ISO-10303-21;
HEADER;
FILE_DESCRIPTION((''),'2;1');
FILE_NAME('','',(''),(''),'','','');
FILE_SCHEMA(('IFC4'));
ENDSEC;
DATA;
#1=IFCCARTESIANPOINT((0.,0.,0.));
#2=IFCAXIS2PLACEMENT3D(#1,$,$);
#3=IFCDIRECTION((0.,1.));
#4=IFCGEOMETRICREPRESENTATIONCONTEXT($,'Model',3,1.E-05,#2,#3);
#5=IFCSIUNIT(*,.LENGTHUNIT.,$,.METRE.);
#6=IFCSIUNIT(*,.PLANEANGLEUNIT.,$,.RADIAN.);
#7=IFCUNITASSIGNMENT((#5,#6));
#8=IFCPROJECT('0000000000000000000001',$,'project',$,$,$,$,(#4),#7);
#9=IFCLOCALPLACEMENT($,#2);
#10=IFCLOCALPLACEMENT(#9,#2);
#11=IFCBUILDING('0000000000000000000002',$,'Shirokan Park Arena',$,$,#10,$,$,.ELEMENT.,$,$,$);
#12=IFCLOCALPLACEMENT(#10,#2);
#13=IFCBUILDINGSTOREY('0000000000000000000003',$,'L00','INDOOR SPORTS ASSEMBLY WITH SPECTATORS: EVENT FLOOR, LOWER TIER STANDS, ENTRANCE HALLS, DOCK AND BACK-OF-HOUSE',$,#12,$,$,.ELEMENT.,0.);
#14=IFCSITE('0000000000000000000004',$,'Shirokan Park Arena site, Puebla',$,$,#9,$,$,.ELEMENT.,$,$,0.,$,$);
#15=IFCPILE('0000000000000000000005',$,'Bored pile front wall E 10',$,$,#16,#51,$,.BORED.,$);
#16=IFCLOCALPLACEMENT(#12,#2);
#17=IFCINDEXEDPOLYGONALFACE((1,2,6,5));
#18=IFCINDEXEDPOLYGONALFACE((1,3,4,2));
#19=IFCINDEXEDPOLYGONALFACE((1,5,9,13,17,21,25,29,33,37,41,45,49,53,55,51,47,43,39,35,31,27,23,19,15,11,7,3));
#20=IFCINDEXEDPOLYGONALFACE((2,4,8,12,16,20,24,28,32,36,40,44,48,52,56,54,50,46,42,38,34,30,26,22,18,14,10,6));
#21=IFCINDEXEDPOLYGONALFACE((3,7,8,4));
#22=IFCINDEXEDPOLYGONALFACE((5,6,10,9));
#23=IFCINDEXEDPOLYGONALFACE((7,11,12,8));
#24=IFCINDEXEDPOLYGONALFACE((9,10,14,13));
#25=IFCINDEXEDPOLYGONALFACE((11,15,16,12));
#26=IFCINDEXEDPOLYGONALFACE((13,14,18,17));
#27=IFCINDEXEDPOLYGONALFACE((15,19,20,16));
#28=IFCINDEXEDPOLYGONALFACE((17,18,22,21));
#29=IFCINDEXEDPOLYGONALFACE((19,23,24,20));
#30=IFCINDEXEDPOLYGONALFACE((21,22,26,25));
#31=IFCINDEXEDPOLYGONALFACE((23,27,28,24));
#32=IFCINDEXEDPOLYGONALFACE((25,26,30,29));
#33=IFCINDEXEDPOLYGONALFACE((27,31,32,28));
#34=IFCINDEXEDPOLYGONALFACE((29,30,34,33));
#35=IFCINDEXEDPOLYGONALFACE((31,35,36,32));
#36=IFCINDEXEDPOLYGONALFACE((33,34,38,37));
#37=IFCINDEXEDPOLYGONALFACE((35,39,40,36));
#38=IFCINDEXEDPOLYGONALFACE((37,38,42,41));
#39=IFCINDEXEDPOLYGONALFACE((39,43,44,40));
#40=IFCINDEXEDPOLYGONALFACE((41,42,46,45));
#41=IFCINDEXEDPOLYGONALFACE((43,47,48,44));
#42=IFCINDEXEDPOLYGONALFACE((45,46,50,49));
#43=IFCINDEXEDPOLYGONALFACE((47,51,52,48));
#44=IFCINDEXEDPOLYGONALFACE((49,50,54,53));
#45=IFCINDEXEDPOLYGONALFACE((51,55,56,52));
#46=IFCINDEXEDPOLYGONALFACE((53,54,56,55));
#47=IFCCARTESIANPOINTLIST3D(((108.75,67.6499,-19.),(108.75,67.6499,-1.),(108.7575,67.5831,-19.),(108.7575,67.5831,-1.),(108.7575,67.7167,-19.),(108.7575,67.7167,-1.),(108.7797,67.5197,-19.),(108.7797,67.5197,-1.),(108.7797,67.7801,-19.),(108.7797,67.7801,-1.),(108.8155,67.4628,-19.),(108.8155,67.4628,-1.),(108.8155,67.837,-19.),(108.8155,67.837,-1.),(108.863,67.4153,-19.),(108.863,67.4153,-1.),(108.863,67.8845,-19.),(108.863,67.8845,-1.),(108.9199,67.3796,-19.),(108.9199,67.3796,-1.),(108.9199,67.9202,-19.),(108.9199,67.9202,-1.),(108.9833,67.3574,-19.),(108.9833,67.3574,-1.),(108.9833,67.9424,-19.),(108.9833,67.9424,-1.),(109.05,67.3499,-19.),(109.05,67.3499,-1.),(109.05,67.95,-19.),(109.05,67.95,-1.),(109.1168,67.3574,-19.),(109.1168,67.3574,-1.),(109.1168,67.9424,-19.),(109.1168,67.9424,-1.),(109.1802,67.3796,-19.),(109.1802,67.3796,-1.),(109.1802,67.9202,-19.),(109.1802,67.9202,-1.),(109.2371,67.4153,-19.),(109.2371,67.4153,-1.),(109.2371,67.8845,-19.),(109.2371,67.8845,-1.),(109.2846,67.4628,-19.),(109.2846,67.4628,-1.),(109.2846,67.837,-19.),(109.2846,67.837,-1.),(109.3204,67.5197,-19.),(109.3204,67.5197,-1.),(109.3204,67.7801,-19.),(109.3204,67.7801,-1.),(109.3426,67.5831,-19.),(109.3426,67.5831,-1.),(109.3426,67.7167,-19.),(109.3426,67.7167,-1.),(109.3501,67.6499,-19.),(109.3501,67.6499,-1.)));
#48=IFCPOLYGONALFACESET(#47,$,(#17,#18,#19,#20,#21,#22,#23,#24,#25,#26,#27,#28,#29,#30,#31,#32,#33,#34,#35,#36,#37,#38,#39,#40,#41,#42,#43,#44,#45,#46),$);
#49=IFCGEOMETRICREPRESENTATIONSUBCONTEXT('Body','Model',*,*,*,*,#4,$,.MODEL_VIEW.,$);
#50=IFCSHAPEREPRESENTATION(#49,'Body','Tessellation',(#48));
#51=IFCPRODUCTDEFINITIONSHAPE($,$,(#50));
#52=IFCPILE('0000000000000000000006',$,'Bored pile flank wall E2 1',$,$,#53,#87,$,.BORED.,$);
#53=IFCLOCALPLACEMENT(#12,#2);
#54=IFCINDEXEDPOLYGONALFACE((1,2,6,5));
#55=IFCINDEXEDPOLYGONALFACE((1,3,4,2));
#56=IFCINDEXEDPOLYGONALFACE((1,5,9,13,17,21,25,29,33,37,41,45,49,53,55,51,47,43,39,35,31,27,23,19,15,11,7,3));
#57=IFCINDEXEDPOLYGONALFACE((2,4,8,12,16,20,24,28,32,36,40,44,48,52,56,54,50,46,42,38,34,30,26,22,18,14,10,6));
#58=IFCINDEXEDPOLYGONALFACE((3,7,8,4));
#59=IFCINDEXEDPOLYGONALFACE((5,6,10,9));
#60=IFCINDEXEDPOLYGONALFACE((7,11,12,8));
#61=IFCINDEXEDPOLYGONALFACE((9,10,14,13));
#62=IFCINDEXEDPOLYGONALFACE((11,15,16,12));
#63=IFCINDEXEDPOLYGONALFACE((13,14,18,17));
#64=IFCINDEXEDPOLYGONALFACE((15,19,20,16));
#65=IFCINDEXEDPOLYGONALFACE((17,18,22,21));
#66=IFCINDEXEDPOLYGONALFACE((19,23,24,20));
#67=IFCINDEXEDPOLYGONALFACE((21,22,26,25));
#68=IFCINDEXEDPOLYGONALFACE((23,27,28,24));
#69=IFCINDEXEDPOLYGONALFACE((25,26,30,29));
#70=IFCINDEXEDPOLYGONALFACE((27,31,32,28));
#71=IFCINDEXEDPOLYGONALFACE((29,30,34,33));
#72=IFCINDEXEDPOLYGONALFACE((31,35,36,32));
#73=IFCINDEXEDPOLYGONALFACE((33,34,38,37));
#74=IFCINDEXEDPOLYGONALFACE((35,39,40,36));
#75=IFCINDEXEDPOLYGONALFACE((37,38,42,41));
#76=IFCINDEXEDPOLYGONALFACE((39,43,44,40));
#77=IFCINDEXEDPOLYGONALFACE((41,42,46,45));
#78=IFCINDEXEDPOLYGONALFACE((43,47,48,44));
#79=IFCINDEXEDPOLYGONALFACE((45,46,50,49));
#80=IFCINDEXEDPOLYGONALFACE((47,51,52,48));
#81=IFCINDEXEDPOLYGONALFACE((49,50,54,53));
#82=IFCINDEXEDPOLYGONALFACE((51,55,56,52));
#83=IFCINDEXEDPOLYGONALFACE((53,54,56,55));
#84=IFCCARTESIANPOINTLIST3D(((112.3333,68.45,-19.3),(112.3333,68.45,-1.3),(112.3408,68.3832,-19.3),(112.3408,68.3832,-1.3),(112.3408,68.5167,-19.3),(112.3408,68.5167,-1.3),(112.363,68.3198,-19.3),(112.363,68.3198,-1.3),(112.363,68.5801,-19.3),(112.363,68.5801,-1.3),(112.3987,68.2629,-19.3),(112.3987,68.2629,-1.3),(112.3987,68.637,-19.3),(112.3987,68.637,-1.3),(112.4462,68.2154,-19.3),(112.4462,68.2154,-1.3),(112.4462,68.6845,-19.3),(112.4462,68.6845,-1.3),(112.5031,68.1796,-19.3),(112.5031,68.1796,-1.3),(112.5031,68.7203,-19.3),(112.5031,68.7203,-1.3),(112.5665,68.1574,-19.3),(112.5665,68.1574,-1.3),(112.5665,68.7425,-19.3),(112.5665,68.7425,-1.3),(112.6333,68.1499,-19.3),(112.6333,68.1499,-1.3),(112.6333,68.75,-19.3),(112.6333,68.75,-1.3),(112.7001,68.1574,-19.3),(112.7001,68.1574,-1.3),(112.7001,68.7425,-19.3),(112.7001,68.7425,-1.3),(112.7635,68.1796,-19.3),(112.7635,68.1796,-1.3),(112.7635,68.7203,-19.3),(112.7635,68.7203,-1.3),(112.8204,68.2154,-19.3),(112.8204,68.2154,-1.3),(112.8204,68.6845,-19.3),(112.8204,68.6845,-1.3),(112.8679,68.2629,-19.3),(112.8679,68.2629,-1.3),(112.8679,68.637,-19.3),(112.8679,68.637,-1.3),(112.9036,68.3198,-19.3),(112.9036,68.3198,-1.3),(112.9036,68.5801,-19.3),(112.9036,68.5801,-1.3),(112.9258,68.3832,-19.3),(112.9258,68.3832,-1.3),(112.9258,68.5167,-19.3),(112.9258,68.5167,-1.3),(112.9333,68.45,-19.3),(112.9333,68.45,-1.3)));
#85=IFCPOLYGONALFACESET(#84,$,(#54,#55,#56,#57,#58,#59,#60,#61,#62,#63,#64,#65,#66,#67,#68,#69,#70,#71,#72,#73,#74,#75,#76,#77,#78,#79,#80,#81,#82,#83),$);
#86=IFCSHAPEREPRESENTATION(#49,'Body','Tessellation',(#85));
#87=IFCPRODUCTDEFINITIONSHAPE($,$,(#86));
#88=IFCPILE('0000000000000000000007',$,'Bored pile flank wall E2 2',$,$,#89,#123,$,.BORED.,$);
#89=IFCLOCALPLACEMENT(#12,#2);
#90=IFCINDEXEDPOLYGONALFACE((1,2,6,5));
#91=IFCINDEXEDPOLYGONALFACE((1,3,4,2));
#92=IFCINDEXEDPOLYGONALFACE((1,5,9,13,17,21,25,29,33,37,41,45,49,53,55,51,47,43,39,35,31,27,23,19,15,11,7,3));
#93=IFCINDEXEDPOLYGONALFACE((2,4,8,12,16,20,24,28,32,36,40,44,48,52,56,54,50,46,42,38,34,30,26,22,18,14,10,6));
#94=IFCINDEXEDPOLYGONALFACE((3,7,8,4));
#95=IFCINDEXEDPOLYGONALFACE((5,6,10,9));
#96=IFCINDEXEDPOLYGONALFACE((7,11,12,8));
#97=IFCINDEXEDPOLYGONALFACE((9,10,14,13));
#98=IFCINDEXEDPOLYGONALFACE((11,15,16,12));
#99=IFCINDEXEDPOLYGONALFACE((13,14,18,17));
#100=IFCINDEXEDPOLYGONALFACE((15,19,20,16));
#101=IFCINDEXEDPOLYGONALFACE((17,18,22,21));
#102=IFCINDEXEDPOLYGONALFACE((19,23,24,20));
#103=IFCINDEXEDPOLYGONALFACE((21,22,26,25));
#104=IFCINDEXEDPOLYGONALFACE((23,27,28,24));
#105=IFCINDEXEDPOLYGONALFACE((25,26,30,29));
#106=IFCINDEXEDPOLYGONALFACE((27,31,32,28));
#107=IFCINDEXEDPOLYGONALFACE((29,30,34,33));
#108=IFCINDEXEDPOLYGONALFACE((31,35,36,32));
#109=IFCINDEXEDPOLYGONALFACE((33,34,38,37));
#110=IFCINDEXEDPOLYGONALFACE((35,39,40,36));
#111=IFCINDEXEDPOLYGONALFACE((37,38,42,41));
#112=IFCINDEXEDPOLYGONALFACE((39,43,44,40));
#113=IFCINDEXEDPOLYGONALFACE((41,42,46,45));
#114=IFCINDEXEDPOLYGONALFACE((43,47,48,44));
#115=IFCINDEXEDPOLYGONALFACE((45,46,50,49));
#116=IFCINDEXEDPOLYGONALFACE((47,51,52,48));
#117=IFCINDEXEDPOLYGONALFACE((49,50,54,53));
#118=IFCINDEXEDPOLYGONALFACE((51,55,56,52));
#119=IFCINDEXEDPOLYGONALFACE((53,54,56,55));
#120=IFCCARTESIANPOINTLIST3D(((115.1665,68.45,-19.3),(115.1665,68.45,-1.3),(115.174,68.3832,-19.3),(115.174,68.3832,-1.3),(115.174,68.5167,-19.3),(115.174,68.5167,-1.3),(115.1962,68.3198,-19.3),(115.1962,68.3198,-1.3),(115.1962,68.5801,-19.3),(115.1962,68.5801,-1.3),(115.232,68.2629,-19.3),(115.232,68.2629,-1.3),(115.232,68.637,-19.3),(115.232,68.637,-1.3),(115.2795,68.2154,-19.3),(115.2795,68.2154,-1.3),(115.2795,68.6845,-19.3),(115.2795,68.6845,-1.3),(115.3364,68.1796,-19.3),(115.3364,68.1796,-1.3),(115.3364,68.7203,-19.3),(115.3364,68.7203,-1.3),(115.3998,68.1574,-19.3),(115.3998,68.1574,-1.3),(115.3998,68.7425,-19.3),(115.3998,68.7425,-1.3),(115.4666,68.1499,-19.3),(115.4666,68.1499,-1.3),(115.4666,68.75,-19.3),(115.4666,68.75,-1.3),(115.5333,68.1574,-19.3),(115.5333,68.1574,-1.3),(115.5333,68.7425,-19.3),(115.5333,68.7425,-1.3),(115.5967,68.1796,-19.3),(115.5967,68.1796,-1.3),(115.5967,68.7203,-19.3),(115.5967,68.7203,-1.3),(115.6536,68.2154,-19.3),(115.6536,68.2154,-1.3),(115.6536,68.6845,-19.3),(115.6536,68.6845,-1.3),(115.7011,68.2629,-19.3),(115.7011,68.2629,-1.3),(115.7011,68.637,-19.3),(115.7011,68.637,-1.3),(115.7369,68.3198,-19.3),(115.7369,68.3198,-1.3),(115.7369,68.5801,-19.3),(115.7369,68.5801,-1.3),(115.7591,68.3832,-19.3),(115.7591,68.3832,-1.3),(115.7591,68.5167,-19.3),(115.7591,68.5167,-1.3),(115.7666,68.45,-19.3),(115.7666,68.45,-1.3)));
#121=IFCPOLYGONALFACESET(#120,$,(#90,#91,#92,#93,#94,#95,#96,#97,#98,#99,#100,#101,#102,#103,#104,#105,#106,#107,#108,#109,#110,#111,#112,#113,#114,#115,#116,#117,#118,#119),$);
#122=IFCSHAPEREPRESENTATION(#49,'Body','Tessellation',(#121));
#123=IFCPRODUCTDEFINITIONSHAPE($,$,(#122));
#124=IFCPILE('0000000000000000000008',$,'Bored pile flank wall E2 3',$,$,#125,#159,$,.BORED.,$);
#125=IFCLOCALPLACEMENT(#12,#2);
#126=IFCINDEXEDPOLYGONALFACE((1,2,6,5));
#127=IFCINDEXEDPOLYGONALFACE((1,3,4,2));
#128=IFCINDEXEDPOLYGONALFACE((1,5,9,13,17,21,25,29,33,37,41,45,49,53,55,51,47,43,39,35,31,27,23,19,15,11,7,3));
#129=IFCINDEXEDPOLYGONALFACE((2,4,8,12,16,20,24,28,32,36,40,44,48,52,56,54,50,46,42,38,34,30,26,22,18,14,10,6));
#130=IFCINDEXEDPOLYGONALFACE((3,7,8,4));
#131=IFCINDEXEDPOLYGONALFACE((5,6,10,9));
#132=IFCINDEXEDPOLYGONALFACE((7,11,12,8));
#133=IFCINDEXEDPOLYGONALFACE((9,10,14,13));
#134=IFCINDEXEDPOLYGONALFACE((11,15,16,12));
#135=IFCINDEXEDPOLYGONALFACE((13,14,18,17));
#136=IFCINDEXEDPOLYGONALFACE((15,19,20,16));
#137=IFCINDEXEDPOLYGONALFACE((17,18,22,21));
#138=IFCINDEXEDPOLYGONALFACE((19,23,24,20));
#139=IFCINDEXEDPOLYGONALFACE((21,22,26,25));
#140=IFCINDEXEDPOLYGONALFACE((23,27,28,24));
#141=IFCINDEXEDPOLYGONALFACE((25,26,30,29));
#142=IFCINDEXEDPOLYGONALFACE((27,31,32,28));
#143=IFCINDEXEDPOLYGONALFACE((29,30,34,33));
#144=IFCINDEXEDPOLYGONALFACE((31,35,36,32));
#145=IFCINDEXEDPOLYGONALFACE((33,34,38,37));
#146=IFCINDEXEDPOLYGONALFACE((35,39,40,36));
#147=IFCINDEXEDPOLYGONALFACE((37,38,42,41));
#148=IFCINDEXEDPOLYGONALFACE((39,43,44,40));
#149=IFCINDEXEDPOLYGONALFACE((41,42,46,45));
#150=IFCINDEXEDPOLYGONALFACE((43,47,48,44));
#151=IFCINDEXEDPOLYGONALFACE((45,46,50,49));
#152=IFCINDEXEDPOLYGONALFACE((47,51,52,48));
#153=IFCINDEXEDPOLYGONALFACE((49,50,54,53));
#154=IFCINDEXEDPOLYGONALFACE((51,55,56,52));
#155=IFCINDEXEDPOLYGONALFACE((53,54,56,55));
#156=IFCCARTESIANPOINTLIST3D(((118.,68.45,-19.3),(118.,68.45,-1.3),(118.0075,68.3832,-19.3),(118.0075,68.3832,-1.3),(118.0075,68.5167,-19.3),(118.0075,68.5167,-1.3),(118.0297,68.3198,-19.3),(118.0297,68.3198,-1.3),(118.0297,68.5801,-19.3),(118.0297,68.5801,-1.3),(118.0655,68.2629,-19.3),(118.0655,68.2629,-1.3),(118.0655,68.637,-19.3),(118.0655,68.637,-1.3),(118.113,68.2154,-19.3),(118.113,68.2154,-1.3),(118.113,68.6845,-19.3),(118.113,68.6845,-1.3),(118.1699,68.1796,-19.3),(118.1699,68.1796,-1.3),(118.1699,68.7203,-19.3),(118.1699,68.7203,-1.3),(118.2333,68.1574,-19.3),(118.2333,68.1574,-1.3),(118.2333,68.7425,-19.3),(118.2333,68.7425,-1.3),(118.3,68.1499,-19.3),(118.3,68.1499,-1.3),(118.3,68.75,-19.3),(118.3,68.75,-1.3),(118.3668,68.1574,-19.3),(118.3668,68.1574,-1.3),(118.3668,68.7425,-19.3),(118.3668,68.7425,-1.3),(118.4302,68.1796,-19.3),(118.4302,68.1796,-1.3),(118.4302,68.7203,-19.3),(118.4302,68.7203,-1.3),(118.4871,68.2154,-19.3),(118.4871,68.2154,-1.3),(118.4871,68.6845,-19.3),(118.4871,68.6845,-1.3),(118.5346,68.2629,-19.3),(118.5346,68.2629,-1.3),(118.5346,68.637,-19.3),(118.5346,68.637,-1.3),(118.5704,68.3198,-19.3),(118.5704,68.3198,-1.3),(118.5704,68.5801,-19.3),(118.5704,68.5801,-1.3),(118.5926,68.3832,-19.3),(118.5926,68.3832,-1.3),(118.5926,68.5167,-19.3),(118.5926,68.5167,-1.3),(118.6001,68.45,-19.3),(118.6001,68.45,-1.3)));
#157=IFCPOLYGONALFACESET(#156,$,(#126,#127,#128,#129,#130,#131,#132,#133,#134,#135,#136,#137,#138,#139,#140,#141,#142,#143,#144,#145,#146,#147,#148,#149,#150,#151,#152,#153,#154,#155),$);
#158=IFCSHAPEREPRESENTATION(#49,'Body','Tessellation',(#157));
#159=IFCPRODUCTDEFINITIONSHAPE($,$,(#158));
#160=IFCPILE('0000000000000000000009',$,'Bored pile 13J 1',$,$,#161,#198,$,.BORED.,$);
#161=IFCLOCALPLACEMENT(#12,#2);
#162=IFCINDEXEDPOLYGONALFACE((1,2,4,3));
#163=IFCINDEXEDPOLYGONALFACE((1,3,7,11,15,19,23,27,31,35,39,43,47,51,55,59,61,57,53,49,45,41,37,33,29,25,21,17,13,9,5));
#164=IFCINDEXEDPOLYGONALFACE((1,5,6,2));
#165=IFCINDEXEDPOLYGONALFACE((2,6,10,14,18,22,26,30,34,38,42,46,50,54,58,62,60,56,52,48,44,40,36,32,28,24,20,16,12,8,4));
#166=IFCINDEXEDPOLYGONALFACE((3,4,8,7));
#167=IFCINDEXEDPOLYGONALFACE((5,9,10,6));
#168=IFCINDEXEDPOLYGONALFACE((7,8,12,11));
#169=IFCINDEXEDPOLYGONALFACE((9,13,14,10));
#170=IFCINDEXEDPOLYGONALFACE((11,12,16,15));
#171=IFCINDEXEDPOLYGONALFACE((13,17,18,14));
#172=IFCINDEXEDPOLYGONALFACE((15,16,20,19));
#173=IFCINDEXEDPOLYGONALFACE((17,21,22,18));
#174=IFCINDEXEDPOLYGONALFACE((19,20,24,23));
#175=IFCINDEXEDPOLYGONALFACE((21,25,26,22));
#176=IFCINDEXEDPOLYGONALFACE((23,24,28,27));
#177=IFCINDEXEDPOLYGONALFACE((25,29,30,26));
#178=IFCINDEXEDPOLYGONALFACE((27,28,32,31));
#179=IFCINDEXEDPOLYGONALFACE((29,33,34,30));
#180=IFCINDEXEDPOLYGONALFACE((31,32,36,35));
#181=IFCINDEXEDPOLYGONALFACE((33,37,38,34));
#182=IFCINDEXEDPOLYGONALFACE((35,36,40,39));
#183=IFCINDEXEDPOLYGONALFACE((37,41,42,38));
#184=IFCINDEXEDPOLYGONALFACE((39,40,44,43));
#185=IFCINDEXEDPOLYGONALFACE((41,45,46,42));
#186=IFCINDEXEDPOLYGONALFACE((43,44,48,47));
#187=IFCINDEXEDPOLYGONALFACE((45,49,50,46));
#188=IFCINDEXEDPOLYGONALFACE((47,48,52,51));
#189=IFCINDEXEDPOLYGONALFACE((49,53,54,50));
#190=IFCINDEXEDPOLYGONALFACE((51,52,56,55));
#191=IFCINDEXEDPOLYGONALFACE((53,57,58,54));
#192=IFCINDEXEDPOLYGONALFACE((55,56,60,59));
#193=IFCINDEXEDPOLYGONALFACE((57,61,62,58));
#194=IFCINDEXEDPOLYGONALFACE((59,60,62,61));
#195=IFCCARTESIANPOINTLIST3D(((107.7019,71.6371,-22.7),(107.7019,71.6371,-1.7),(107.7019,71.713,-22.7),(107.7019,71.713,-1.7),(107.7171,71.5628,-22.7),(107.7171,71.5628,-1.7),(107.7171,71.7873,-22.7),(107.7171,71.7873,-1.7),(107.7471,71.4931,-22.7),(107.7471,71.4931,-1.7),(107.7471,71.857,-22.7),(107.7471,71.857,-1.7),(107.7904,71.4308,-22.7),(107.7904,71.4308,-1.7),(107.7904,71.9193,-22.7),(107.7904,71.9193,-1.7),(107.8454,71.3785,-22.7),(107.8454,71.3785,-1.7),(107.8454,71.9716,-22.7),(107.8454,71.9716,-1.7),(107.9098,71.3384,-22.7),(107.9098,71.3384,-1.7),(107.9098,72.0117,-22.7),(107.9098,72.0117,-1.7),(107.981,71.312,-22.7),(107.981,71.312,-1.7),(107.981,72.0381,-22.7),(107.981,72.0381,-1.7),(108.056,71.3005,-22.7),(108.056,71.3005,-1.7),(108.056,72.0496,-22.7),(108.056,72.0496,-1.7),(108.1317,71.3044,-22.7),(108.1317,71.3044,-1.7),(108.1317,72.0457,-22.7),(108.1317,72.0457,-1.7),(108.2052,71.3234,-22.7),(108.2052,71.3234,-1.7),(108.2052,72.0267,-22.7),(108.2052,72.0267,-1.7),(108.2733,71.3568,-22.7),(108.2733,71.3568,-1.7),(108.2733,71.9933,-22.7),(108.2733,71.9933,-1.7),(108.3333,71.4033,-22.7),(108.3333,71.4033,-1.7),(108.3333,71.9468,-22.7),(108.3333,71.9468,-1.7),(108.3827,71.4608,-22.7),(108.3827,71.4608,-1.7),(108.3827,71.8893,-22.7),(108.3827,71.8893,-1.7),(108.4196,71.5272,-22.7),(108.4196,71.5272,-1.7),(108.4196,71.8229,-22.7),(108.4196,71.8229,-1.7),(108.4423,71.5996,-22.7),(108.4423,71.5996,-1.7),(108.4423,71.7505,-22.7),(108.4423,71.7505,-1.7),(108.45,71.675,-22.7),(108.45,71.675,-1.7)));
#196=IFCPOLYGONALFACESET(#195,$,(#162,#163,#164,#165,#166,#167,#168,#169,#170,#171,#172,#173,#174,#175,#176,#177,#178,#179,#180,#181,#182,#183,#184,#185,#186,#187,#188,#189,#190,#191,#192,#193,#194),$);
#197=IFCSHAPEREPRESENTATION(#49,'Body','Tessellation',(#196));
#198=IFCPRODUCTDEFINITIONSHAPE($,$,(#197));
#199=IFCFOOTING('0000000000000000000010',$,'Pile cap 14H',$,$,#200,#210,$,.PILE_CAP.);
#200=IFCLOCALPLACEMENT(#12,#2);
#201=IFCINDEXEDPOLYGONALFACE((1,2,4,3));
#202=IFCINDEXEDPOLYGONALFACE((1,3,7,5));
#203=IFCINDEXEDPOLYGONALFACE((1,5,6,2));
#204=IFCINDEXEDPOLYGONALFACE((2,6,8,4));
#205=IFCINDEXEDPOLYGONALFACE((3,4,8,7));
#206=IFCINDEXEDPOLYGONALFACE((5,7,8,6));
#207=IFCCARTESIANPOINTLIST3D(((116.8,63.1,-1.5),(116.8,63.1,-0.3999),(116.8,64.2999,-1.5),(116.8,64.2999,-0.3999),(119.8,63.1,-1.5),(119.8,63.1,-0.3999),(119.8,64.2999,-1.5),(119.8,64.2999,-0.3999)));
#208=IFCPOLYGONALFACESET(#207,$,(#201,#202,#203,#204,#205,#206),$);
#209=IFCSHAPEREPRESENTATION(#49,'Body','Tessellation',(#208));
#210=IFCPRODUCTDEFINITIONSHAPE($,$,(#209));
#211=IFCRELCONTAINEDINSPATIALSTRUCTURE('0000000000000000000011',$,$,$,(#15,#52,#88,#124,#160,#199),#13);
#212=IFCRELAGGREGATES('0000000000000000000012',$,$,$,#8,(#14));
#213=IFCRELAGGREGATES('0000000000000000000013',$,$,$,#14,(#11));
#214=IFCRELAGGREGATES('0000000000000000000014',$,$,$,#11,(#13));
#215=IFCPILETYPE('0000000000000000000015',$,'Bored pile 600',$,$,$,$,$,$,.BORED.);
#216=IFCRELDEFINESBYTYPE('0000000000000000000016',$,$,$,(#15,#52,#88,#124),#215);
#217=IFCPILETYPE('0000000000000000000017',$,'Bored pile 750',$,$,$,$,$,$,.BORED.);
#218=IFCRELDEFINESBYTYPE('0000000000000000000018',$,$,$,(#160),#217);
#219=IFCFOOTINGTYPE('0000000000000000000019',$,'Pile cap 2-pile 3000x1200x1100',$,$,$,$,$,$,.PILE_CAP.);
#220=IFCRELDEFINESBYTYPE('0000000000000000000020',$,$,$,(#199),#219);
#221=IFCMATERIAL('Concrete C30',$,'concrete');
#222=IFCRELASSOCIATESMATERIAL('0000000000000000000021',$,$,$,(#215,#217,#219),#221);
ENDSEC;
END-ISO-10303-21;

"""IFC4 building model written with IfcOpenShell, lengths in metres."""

from ifc_helpers import new_model, si_unit, direction, frame, origin, origin_2d, place, context, subcontext, project, spatial, rectangle, circle, extrude, material, material_profile, profile_set, type_object, element, save


model = new_model("IFC4")

# Units and contexts
model_context = context("Model", 3, precision=1e-05, world=origin(), true_north=direction((0.0, 1.0)))
body_context = subcontext(model_context, "Body", "Model", "MODEL_VIEW")
ifc_project = project(units=[si_unit("LENGTHUNIT", "METRE"), si_unit("PLANEANGLEUNIT", "RADIAN")], contexts=[model_context])

# Site, building, storey
site_placement = place(None, origin())
site = spatial("IfcSite", under=ifc_project, at=site_placement, Name="Shirokan Park Arena site, Puebla", CompositionType="ELEMENT", RefElevation=0.0)
building_placement = place(site_placement, origin())
building = spatial("IfcBuilding", under=site, at=building_placement, Name="Shirokan Park Arena", CompositionType="ELEMENT")
storey_placement = place(building_placement, origin())
storey = spatial("IfcBuildingStorey", under=building, at=storey_placement, Name="L00", Description="INDOOR SPORTS ASSEMBLY WITH SPECTATORS: EVENT FLOOR, LOWER TIER STANDS, ENTRANCE HALLS, DOCK AND BACK-OF-HOUSE", CompositionType="ELEMENT", Elevation=0.0)

# Piles
ifc_material_1 = material(Name="Concrete C30", Category="concrete")
ifc_material_profile_1 = material_profile(ifc_material_1, circle(Radius=0.3, at=origin_2d()), Name="D600")
ifc_profile_set_1 = profile_set([ifc_material_profile_1], Name="Concrete C30")
pile_type_1 = type_object("IfcPileType", Name="Bored pile 600", PredefinedType="BORED", material=ifc_profile_set_1)
for number, where, z_axis, x_axis, name in (
    (1, (109.05, 67.6499, -1.0), (0.0, 0.0, -1.0), (1.0, 0.0, 0.0), "Bored pile front wall E 10"),
    (2, (112.6333, 68.45, -1.3), (0.0, 0.0, -1.0), (1.0, 0.0, 0.0), "Bored pile flank wall E2 1"),
    (3, (115.4666, 68.45, -1.3), (0.0, 0.0, -1.0), (1.0, 0.0, 0.0), "Bored pile flank wall E2 2"),
    (4, (118.3, 68.45, -1.3), (0.0, 0.0, -1.0), (1.0, 0.0, 0.0), "Bored pile flank wall E2 3"),
):
    element("IfcPile", number, at=place(storey_placement, frame(where, z_axis=z_axis, x_axis=x_axis)), inside=storey, type_object=pile_type_1, Name=name, PredefinedType="BORED", context=body_context, shape_type="SweptSolid", body=[
        extrude(circle(Radius=0.3, at=origin_2d()), origin(), (0.0, 0.0, 1.0), 18.0),
    ])
ifc_material_profile_2 = material_profile(ifc_material_1, circle(Radius=0.375, at=origin_2d()), Name="D750")
ifc_profile_set_2 = profile_set([ifc_material_profile_2], Name="Concrete C30")
pile_type_2 = type_object("IfcPileType", Name="Bored pile 750", PredefinedType="BORED", material=ifc_profile_set_2)
pile_placement = place(storey_placement, frame((108.075, 71.675, -1.7), z_axis=(0.0, 0.0, -1.0), x_axis=(1.0, 0.0, 0.0)))
element("IfcPile", 5, at=pile_placement, inside=storey, type_object=pile_type_2, Name="Bored pile 13J 1", PredefinedType="BORED", context=body_context, shape_type="SweptSolid", body=[
    extrude(circle(Radius=0.375, at=origin_2d()), origin(), (0.0, 0.0, 1.0), 21.0),
])

# Footing
footing_type = type_object("IfcFootingType", Name="Pile cap 2-pile 3000x1200x1100", PredefinedType="PILE_CAP", material=ifc_material_1)
footing_placement = place(storey_placement, frame((118.3, 63.7, -1.5), z_axis=(0.0, 0.0, 1.0), x_axis=(1.0, 0.0, 0.0)))
element("IfcFooting", 6, at=footing_placement, inside=storey, type_object=footing_type, Name="Pile cap 14H", PredefinedType="PILE_CAP", context=body_context, shape_type="SweptSolid", body=[
    extrude(rectangle(XDim=3.0, YDim=1.2, at=origin_2d()), origin(), (0.0, 0.0, 1.0), 1.1001),
])

save(model, "model.ifc")
